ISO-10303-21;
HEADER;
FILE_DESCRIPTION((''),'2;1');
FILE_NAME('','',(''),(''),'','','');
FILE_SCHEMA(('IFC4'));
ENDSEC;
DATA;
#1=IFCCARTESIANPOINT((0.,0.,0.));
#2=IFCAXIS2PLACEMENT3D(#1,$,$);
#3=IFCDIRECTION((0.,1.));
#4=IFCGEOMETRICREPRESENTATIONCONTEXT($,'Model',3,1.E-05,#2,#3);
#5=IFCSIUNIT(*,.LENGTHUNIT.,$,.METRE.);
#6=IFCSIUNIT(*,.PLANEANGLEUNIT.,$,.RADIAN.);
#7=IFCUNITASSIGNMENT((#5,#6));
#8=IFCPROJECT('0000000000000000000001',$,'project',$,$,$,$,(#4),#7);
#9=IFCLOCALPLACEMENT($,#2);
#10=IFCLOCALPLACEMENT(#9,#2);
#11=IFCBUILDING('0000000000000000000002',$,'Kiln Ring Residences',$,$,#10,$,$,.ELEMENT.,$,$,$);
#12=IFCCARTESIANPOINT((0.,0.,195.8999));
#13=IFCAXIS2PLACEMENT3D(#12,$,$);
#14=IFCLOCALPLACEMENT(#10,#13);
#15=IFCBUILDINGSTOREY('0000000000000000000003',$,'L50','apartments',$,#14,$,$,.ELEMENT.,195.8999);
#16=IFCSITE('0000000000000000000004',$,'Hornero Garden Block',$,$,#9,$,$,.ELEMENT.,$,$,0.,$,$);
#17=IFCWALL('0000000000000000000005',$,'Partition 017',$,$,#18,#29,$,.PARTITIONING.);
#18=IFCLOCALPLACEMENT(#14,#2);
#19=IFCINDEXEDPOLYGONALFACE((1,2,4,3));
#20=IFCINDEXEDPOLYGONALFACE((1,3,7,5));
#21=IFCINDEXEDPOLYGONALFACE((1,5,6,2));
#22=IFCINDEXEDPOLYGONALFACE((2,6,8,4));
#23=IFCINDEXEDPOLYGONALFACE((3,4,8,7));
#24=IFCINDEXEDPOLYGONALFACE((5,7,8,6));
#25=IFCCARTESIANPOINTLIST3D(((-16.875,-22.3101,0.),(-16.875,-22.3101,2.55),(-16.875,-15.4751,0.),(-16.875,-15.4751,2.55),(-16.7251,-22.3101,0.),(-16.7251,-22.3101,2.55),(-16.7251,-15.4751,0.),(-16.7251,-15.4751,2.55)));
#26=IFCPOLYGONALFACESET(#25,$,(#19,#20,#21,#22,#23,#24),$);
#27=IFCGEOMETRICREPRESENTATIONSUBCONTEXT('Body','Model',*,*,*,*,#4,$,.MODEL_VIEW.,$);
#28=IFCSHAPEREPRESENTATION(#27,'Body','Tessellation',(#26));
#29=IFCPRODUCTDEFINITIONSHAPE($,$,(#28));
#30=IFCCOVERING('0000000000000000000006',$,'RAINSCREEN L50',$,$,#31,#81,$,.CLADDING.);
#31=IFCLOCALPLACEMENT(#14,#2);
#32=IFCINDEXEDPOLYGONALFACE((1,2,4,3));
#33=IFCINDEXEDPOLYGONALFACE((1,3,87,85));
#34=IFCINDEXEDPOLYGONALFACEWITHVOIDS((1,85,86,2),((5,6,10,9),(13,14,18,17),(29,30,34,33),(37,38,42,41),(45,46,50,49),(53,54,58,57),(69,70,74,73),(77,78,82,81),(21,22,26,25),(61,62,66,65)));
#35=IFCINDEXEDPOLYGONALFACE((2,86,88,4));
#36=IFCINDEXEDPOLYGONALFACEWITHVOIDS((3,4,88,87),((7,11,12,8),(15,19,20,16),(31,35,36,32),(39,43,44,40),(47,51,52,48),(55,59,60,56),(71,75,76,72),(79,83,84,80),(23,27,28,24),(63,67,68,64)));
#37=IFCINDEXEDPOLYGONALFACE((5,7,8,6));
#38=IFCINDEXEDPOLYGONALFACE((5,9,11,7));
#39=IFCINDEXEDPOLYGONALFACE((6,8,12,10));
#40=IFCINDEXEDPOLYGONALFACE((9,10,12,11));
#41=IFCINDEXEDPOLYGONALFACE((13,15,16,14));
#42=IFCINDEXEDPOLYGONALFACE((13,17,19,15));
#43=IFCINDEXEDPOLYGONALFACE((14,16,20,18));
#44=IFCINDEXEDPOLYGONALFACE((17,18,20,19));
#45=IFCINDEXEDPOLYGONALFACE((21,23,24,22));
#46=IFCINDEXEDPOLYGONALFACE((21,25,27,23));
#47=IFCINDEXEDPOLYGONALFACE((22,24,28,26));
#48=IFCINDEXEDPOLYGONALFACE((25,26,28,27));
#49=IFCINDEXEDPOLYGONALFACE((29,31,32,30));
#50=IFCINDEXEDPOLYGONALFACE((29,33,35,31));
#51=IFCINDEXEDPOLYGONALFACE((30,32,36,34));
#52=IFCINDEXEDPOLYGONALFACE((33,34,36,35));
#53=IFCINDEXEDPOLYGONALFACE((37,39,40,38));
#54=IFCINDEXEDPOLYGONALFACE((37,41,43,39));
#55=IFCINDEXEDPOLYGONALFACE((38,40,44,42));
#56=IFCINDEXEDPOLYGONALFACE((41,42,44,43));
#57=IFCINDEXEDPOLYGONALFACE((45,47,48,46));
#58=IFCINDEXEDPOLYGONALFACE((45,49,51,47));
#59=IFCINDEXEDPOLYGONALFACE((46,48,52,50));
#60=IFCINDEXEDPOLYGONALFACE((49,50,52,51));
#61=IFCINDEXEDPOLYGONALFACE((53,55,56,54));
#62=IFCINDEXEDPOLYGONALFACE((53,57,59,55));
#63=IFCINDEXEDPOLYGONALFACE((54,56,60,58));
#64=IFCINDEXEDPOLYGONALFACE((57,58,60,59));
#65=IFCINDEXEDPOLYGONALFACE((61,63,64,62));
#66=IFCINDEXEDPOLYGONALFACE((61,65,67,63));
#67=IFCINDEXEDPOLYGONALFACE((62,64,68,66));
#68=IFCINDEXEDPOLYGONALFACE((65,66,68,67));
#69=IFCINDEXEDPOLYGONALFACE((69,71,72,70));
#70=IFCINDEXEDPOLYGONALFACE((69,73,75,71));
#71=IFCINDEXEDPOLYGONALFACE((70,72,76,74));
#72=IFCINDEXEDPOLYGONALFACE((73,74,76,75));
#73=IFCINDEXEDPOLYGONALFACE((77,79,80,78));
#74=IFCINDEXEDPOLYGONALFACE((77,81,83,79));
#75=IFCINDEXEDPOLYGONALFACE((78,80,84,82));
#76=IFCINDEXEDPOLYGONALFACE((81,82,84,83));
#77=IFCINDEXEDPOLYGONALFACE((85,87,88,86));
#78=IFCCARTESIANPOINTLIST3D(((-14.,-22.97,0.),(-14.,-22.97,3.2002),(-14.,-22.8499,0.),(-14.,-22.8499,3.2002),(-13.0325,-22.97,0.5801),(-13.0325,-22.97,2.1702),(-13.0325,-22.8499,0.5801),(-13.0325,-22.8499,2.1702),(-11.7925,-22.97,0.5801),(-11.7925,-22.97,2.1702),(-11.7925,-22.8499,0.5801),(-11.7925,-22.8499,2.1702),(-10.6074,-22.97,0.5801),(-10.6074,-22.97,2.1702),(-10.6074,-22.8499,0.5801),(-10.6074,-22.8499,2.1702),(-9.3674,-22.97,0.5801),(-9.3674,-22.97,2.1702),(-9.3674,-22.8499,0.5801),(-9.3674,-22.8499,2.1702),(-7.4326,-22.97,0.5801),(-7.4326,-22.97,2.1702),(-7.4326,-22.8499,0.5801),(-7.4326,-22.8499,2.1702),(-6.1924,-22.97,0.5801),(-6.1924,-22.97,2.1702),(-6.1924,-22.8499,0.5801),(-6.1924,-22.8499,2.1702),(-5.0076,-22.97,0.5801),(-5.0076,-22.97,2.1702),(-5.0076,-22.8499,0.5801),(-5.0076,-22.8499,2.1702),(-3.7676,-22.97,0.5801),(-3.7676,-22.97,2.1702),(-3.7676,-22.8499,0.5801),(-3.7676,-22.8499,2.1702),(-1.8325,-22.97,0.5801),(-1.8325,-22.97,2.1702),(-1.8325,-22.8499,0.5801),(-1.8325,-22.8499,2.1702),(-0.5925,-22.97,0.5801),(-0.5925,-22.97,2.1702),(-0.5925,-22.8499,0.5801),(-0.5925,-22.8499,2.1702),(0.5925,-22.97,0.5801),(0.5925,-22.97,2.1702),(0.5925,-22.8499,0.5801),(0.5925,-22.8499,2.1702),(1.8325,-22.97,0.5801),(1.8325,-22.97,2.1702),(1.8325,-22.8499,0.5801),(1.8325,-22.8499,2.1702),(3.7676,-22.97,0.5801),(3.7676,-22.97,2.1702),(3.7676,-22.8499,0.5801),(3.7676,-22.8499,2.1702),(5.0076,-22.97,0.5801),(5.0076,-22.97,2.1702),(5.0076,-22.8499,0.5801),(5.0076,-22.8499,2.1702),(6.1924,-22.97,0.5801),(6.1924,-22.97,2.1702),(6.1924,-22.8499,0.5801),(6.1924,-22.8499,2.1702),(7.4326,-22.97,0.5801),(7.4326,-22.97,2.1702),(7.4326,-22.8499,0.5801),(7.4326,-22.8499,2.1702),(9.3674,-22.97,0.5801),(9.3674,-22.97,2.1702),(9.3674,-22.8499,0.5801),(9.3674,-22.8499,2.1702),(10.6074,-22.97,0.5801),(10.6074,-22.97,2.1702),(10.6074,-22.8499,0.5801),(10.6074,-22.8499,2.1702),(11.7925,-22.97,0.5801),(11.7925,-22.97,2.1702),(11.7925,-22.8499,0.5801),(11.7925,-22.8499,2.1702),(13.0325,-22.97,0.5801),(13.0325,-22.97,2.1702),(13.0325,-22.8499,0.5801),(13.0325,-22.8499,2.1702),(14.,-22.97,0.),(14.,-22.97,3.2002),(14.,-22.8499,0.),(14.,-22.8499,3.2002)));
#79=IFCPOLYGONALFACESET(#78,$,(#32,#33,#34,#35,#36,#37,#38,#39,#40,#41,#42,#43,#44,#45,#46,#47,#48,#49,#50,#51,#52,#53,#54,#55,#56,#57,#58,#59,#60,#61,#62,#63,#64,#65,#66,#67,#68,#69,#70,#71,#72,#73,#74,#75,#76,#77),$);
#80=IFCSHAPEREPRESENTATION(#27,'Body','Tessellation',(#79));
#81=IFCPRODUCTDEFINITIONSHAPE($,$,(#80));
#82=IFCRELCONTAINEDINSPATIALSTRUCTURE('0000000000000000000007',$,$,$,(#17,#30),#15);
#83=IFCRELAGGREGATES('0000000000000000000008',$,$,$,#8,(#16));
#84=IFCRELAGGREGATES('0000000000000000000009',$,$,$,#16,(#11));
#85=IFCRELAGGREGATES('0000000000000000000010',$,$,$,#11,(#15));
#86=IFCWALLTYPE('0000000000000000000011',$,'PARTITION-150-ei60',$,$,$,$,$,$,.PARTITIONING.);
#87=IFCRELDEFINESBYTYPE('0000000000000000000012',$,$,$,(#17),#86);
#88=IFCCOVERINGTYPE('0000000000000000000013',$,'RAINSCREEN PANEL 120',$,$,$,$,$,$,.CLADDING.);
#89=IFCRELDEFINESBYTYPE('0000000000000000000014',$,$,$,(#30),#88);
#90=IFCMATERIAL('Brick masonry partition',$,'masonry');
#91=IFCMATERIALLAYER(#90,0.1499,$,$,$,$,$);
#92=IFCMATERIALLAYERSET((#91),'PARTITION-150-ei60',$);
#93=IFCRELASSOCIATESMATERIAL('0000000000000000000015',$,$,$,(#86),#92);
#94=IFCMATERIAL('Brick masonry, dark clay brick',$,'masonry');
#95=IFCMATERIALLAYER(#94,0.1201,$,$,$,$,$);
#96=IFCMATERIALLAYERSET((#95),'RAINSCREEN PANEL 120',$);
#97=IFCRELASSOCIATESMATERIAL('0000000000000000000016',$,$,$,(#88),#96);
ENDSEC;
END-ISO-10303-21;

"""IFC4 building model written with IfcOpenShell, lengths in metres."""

from ifc_helpers import new_model, si_unit, direction, frame, frame_2d, origin, place, context, subcontext, project, spatial, polyline, rectangle, outline, extrude, material, layer, layer_set, type_object, element, save


model = new_model("IFC4")

# Units and contexts
model_context = context("Model", 3, precision=1e-05, world=origin(), true_north=direction((0.0, 1.0)))
body_context = subcontext(model_context, "Body", "Model", "MODEL_VIEW")
ifc_project = project(units=[si_unit("LENGTHUNIT", "METRE"), si_unit("PLANEANGLEUNIT", "RADIAN")], contexts=[model_context])

# Site, building, storey
site_placement = place(None, origin())
site = spatial("IfcSite", under=ifc_project, at=site_placement, Name="Hornero Garden Block", CompositionType="ELEMENT", RefElevation=0.0)
building_placement = place(site_placement, origin())
building = spatial("IfcBuilding", under=site, at=building_placement, Name="Kiln Ring Residences", CompositionType="ELEMENT")
storey_placement = place(building_placement, frame((0.0, 0.0, 195.8999)))
storey = spatial("IfcBuildingStorey", under=building, at=storey_placement, Name="L50", Description="apartments", CompositionType="ELEMENT", Elevation=195.8999)

# Wall
ifc_material_1 = material(Name="Brick masonry partition", Category="masonry")
ifc_layer_1 = layer(ifc_material_1, 0.1499)
ifc_layer_set_1 = layer_set([ifc_layer_1], Name="PARTITION-150-ei60")
wall_type_1 = type_object("IfcWallType", Name="PARTITION-150-ei60", PredefinedType="PARTITIONING", material=ifc_layer_set_1)
wall_1_placement = place(storey_placement, frame((-16.8, -22.3101, 0.0), z_axis=(0.0, 0.0, 1.0), x_axis=(0.0, 1.0, 0.0)))
element("IfcWall", 1, at=wall_1_placement, inside=storey, type_object=wall_type_1, Name="Partition 017", PredefinedType="PARTITIONING", context=body_context, shape_type="SweptSolid", body=[
    extrude(rectangle(XDim=6.835, YDim=0.1499, at=frame_2d((3.4175, 0.0))), origin(), (0.0, 0.0, 1.0), 2.55),
])

# Covering
ifc_material_2 = material(Name="Brick masonry, dark clay brick", Category="masonry")
ifc_layer_2 = layer(ifc_material_2, 0.1201)
ifc_layer_set_2 = layer_set([ifc_layer_2], Name="RAINSCREEN PANEL 120")
covering_type = type_object("IfcCoveringType", Name="RAINSCREEN PANEL 120", PredefinedType="CLADDING", material=ifc_layer_set_2)
covering_placement = place(storey_placement, frame((-14.0, -22.9099, 0.0), z_axis=(0.0, 0.0, 1.0), x_axis=(1.0, 0.0, 0.0)))
element("IfcCovering", 2, at=covering_placement, inside=storey, type_object=covering_type, Name="RAINSCREEN L50", PredefinedType="CLADDING", context=body_context, shape_type="SweptSolid", body=[
    extrude(outline(polyline([(0.0, 0.0), (28.0, 0.0), (28.0, 3.2002), (0.0, 3.2002), (0.0, 0.0)]), holes=[polyline([(0.9675, 0.5801), (2.2075, 0.5801), (2.2075, 2.1702), (0.9675, 2.1702), (0.9675, 0.5801)]), polyline([(3.3926, 0.5801), (4.6326, 0.5801), (4.6326, 2.1702), (3.3926, 2.1702), (3.3926, 0.5801)]), polyline([(6.5674, 0.5801), (7.8076, 0.5801), (7.8076, 2.1702), (6.5674, 2.1702), (6.5674, 0.5801)]), polyline([(8.9924, 2.1702), (8.9924, 0.5801), (10.2324, 0.5801), (10.2324, 2.1702), (8.9924, 2.1702)]), polyline([(12.1675, 2.1702), (12.1675, 0.5801), (13.4075, 0.5801), (13.4075, 2.1702), (12.1675, 2.1702)]), polyline([(14.5925, 0.5801), (15.8325, 0.5801), (15.8325, 2.1702), (14.5925, 2.1702), (14.5925, 0.5801)]), polyline([(17.7676, 0.5801), (19.0076, 0.5801), (19.0076, 2.1702), (17.7676, 2.1702), (17.7676, 0.5801)]), polyline([(20.1924, 0.5801), (21.4326, 0.5801), (21.4326, 2.1702), (20.1924, 2.1702), (20.1924, 0.5801)]), polyline([(23.3674, 2.1702), (23.3674, 0.5801), (24.6074, 0.5801), (24.6074, 2.1702), (23.3674, 2.1702)]), polyline([(25.7925, 2.1702), (25.7925, 0.5801), (27.0325, 0.5801), (27.0325, 2.1702), (25.7925, 2.1702)])]), frame((0.0, 0.0601, 0.0), z_axis=(0.0, -1.0, 0.0), x_axis=(1.0, 0.0, 0.0)), (0.0, 0.0, 1.0), 0.1201),
])

save(model, "model.ifc")
